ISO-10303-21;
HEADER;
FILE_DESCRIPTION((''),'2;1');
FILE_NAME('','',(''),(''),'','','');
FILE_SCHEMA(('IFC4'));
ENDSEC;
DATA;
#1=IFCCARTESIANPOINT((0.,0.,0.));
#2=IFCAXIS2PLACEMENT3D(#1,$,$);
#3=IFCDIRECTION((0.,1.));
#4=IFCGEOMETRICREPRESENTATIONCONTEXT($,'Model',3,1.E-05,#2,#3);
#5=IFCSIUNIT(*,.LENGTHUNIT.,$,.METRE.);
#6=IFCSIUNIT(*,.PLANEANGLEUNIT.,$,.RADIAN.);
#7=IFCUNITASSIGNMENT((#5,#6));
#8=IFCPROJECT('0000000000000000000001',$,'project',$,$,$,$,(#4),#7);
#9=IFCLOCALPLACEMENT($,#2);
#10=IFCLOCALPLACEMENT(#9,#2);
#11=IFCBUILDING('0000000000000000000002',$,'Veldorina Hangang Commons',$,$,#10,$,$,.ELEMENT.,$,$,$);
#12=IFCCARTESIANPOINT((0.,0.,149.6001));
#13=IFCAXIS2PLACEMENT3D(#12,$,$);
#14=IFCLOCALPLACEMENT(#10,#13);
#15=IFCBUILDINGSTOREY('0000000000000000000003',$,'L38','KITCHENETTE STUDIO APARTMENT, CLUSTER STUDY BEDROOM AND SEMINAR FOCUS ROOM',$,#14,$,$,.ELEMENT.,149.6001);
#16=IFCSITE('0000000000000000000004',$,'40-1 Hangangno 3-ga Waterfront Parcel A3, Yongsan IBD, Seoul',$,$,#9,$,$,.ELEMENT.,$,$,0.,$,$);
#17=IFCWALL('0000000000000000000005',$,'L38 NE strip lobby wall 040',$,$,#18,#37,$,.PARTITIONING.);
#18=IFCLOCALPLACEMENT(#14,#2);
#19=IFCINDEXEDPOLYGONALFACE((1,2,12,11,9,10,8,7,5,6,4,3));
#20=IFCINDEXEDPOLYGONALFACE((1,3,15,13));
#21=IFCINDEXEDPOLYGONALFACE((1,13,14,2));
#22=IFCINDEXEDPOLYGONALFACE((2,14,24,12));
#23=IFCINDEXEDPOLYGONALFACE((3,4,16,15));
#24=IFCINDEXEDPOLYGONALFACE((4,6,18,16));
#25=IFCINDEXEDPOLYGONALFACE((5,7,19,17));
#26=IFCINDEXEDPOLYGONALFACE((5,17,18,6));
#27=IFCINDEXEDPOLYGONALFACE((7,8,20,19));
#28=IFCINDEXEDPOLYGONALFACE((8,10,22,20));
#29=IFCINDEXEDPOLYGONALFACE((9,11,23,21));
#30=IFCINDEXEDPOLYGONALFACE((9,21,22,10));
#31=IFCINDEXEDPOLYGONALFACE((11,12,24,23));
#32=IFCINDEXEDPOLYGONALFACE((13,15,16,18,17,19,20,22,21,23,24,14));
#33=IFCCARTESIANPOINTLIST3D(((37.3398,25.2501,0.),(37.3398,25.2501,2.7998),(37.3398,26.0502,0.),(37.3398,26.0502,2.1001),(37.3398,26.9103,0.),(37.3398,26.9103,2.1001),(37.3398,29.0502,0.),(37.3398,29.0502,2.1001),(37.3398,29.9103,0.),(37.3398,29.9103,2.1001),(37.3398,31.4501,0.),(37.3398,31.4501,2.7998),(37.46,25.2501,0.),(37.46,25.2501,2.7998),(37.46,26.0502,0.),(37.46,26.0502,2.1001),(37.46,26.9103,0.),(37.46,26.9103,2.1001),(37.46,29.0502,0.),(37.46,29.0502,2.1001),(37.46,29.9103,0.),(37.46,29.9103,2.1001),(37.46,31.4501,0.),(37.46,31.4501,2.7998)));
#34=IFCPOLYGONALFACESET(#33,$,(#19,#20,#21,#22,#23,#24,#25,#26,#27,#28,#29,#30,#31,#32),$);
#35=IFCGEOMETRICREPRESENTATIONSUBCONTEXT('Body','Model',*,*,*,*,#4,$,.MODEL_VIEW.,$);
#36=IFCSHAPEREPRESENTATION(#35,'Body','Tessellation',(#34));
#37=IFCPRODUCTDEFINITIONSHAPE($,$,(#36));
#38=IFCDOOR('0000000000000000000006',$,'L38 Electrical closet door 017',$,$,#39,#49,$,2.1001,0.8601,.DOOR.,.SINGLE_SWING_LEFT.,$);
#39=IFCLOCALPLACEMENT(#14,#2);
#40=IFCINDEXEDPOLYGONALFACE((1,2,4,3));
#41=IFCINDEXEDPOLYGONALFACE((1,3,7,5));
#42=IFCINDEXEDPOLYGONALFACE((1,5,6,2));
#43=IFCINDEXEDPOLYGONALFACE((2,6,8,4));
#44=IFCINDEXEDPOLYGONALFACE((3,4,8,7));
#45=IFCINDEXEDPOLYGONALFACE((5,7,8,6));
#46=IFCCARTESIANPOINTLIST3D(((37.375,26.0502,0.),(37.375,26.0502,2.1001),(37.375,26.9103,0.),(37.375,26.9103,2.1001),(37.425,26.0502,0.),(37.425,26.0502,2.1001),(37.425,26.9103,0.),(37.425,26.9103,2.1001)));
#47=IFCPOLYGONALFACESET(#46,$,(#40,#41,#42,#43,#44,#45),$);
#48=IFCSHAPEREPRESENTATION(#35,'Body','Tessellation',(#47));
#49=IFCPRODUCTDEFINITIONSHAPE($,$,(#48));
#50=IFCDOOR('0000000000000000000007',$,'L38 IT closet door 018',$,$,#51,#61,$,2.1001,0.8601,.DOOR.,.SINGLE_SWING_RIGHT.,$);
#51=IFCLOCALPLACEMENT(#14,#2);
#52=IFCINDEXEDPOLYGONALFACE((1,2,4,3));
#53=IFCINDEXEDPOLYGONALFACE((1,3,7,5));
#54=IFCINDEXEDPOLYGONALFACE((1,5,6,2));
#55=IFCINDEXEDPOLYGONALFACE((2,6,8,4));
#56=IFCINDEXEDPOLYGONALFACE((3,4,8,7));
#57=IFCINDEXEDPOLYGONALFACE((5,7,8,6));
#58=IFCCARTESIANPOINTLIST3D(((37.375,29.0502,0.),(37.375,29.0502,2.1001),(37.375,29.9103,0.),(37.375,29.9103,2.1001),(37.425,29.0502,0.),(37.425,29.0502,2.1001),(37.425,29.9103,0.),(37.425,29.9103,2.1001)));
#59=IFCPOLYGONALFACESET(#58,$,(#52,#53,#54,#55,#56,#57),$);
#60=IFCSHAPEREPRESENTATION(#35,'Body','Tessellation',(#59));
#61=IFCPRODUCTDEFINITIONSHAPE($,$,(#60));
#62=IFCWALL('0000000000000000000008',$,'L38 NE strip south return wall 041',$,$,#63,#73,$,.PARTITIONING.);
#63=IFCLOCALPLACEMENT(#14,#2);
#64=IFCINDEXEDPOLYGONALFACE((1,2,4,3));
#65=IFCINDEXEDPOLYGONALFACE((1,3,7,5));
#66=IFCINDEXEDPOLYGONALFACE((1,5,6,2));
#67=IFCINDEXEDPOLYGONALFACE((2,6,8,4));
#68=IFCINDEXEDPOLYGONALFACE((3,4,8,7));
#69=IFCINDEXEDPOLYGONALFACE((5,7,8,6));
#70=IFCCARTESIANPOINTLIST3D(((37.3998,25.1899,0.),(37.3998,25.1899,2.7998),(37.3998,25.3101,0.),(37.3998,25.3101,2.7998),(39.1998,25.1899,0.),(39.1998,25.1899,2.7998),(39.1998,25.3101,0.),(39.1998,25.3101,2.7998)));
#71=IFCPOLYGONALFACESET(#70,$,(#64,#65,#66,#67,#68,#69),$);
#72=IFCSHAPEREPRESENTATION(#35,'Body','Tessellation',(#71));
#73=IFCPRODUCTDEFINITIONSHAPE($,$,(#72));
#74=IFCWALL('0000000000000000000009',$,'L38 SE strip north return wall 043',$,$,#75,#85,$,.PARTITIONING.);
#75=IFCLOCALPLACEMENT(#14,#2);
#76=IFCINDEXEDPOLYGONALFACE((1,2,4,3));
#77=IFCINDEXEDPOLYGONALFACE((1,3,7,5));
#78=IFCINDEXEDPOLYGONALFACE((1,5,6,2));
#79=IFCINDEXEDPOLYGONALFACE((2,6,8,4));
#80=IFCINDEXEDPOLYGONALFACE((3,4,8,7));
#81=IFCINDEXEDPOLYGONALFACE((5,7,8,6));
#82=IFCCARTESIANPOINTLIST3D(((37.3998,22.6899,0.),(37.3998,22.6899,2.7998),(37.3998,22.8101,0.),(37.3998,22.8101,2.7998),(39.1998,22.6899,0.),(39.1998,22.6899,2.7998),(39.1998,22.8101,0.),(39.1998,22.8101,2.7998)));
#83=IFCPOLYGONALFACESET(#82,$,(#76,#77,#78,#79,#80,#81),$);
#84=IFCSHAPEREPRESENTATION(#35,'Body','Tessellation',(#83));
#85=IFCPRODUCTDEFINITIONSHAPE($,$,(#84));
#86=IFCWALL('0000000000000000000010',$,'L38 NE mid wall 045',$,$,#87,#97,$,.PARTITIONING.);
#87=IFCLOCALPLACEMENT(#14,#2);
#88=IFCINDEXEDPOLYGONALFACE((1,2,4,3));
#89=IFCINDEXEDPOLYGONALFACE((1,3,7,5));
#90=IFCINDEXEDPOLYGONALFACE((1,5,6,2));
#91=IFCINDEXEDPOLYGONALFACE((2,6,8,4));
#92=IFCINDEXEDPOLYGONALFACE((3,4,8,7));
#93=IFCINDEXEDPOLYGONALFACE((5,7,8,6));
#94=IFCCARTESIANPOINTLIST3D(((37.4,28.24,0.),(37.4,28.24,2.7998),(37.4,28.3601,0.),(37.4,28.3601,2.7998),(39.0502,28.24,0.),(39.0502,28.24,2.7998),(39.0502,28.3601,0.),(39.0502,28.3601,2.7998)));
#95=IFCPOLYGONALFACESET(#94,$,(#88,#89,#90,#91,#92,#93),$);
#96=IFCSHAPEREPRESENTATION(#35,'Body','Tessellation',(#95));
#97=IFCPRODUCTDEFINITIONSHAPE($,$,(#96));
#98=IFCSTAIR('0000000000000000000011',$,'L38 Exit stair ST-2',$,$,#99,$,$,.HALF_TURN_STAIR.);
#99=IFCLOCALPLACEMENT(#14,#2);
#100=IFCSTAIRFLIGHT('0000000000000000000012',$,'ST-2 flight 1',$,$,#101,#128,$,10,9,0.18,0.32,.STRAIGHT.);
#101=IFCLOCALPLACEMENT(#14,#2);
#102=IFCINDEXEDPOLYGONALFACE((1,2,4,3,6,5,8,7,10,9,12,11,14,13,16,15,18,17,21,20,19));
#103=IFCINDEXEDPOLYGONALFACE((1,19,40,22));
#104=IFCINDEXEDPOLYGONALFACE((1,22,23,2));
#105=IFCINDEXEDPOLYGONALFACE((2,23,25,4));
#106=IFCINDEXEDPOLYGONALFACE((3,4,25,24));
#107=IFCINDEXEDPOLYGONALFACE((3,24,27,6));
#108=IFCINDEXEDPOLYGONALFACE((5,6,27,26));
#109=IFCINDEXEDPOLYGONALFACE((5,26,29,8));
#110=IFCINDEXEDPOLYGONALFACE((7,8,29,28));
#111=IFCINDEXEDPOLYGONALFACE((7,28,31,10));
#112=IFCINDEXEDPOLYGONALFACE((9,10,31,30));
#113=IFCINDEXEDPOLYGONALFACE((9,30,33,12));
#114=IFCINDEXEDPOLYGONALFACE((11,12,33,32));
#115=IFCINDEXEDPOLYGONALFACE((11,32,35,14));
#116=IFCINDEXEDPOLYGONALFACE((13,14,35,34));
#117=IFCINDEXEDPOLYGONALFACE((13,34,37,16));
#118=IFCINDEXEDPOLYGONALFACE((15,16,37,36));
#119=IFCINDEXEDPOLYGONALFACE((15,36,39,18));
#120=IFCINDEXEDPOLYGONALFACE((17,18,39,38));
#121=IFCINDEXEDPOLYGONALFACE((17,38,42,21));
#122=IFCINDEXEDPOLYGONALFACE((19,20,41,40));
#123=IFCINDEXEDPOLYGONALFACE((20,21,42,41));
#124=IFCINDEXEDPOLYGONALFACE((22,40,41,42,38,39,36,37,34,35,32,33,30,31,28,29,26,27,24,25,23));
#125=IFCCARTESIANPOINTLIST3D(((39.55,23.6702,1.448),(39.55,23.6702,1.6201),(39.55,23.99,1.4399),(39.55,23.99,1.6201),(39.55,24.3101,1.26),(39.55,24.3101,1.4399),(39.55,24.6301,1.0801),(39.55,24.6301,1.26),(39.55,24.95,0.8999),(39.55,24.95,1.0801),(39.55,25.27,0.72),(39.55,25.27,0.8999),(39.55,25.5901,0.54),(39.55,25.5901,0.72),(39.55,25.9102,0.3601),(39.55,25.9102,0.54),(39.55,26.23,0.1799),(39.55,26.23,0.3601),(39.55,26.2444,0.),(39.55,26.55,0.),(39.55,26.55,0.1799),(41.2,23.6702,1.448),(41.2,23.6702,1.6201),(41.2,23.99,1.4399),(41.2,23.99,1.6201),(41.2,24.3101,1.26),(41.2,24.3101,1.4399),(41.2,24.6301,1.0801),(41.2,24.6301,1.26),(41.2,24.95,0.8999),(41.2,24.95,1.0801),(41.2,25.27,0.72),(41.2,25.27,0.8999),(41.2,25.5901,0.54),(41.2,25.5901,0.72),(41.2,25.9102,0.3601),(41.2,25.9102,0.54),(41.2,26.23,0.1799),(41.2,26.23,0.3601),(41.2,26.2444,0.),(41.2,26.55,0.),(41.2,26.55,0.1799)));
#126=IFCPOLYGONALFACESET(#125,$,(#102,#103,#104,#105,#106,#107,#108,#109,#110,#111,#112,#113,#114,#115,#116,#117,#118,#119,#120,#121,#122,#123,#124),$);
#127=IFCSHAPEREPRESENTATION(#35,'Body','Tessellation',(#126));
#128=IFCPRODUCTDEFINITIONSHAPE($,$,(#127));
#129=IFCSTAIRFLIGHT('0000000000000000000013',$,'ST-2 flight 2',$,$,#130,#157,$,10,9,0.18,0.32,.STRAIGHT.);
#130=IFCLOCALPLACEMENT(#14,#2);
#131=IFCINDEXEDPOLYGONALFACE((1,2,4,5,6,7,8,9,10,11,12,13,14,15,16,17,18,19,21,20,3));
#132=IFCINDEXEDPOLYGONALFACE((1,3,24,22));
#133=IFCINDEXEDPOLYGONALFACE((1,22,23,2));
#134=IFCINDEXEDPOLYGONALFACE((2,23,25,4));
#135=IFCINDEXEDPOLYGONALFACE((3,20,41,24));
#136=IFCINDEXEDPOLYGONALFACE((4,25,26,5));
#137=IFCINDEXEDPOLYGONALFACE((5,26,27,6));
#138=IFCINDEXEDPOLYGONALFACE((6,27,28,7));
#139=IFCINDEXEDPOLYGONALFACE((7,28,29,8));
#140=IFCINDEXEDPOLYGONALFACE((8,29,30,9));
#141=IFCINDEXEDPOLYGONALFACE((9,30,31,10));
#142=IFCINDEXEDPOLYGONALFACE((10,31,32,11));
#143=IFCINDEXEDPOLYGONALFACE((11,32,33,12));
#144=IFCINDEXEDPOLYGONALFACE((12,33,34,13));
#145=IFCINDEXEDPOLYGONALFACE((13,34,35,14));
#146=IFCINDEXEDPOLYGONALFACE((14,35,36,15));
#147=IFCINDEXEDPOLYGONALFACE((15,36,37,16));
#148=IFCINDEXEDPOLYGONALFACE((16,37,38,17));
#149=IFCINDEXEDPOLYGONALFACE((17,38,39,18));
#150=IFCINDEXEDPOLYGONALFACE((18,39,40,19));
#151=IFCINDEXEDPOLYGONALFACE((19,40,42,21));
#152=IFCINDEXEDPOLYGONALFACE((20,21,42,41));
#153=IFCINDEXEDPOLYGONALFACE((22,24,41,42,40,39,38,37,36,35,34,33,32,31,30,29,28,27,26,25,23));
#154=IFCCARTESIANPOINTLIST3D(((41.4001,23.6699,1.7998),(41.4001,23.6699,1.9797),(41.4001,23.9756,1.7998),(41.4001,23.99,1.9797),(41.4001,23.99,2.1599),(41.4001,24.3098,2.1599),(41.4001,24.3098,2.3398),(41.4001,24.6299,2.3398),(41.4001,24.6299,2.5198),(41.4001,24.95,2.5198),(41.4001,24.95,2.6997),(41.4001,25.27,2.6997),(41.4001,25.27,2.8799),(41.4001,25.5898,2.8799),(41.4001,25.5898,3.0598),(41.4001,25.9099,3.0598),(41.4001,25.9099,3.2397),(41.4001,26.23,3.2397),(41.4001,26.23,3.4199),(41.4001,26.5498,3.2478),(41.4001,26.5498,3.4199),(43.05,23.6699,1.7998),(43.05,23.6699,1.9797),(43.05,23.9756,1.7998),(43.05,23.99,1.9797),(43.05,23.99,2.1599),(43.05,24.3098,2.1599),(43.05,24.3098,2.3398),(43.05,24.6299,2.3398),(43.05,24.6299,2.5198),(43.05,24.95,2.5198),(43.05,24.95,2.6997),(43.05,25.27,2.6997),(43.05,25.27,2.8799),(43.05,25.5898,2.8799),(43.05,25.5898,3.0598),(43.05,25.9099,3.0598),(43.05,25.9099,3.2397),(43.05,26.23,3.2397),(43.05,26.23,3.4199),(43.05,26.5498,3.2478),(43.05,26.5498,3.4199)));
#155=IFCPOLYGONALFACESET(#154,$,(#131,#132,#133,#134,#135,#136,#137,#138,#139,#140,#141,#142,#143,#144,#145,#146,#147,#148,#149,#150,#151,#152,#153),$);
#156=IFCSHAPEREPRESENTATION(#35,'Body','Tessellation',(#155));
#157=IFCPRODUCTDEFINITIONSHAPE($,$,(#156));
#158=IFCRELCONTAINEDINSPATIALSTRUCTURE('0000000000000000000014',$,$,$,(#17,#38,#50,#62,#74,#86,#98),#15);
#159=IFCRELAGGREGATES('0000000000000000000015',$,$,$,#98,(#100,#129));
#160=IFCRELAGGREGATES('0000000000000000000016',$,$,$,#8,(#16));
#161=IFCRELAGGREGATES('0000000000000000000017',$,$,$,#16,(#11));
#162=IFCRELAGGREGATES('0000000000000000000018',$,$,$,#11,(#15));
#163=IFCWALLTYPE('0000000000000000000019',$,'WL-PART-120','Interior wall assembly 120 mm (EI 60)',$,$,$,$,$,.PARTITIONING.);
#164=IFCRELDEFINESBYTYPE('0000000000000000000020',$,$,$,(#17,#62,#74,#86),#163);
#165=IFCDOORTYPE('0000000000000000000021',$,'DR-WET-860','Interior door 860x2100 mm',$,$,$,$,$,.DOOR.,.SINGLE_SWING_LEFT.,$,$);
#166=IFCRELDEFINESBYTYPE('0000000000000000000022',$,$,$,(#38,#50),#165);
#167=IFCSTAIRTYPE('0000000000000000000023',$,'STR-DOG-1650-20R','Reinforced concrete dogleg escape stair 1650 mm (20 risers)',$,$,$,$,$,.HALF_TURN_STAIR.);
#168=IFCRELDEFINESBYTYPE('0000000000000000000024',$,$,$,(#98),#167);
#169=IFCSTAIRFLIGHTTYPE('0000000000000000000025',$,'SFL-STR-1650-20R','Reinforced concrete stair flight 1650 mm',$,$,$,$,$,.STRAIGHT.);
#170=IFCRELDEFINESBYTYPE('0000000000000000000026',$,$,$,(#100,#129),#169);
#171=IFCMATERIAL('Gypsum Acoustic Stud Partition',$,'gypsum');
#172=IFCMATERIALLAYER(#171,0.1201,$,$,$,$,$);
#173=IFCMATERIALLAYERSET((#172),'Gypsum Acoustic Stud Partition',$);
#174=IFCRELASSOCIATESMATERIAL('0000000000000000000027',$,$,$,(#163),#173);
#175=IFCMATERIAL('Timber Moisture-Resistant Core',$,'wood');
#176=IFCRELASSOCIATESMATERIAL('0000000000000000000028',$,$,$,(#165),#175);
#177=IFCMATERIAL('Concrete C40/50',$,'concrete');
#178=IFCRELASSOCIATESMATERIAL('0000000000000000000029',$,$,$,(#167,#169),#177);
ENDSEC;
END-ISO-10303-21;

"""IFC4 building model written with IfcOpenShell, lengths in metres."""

from ifc_helpers import new_model, si_unit, direction, frame, frame_2d, origin, place, context, subcontext, project, spatial, polyline, rectangle, outline, extrude, material, layer, layer_set, type_object, element, fill, aggregate, save


model = new_model("IFC4")

# Units and contexts
model_context = context("Model", 3, precision=1e-05, world=origin(), true_north=direction((0.0, 1.0)))
body_context = subcontext(model_context, "Body", "Model", "MODEL_VIEW")
ifc_project = project(units=[si_unit("LENGTHUNIT", "METRE"), si_unit("PLANEANGLEUNIT", "RADIAN")], contexts=[model_context])

# Site, building, storey
site_placement = place(None, origin())
site = spatial("IfcSite", under=ifc_project, at=site_placement, Name="40-1 Hangangno 3-ga Waterfront Parcel A3, Yongsan IBD, Seoul", CompositionType="ELEMENT", RefElevation=0.0)
building_placement = place(site_placement, origin())
building = spatial("IfcBuilding", under=site, at=building_placement, Name="Veldorina Hangang Commons", CompositionType="ELEMENT")
storey_placement = place(building_placement, frame((0.0, 0.0, 149.6001)))
storey = spatial("IfcBuildingStorey", under=building, at=storey_placement, Name="L38", Description="KITCHENETTE STUDIO APARTMENT, CLUSTER STUDY BEDROOM AND SEMINAR FOCUS ROOM", CompositionType="ELEMENT", Elevation=149.6001)

# Shared definitions
ifc_material_1 = material(Name="Gypsum Acoustic Stud Partition", Category="gypsum")
ifc_layer_1 = layer(ifc_material_1, 0.1201)
ifc_layer_set_1 = layer_set([ifc_layer_1], Name="Gypsum Acoustic Stud Partition")
wall_type_1 = type_object("IfcWallType", Name="WL-PART-120", Description="Interior wall assembly 120 mm (EI 60)", PredefinedType="PARTITIONING", material=ifc_layer_set_1)

# Wall, openings, doors
wall_1_placement = place(storey_placement, frame((37.3999, 25.25, 0.0), z_axis=(0.0, 0.0, 1.0), x_axis=(0.0, 1.0, 0.0)))
wall_1 = element("IfcWall", 1, at=wall_1_placement, inside=storey, type_object=wall_type_1, Name="L38 NE strip lobby wall 040", PredefinedType="PARTITIONING", context=body_context, shape_type="SweptSolid", body=[
    extrude(rectangle(XDim=6.2, YDim=0.1201, at=frame_2d((3.1001, 0.0))), origin(), (0.0, 0.0, 1.0), 2.7998),
])
opening_1_placement = place(wall_1_placement, frame((0.8, 0.0, 0.0)))
opening_1 = element("IfcOpeningElement", 2, at=opening_1_placement, cuts=wall_1, PredefinedType="OPENING", context=body_context, shape_type="SweptSolid", body=[
    extrude(rectangle(XDim=0.8601, YDim=2.1001, at=frame_2d((0.4302, 1.05))), frame((0.0, 0.0701, 0.0), z_axis=(0.0, -1.0, 0.0), x_axis=(1.0, 0.0, 0.0)), (0.0, 0.0, 1.0), 0.1401),
])
opening_2_placement = place(wall_1_placement, frame((3.8, 0.0, 0.0)))
opening_2 = element("IfcOpeningElement", 3, at=opening_2_placement, cuts=wall_1, PredefinedType="OPENING", context=body_context, shape_type="SweptSolid", body=[
    extrude(rectangle(XDim=0.8601, YDim=2.1001, at=frame_2d((0.4302, 1.05))), frame((0.0, 0.0701, 0.0), z_axis=(0.0, -1.0, 0.0), x_axis=(1.0, 0.0, 0.0)), (0.0, 0.0, 1.0), 0.1401),
])
ifc_material_2 = material(Name="Timber Moisture-Resistant Core", Category="wood")
door_type_1 = type_object("IfcDoorType", Name="DR-WET-860", Description="Interior door 860x2100 mm", OperationType="SINGLE_SWING_LEFT", PredefinedType="DOOR", material=ifc_material_2)
door_1_placement = place(opening_1_placement, origin())
door_1 = element("IfcDoor", 4, at=door_1_placement, inside=storey, type_object=door_type_1, Name="L38 Electrical closet door 017", OperationType="SINGLE_SWING_LEFT", OverallHeight=2.1001, OverallWidth=0.8601, PredefinedType="DOOR", context=body_context, shape_type="SweptSolid", body=[
    extrude(rectangle(XDim=0.8601, YDim=2.1001, at=frame_2d((0.4302, 1.05))), frame((0.0, 0.0249, 0.0), z_axis=(0.0, -1.0, 0.0), x_axis=(1.0, 0.0, 0.0)), (0.0, 0.0, 1.0), 0.05),
])
fill(opening_1, door_1)
door_2_placement = place(opening_2_placement, origin())
door_2 = element("IfcDoor", 5, at=door_2_placement, inside=storey, type_object=door_type_1, Name="L38 IT closet door 018", OperationType="SINGLE_SWING_RIGHT", OverallHeight=2.1001, OverallWidth=0.8601, PredefinedType="DOOR", context=body_context, shape_type="SweptSolid", body=[
    extrude(rectangle(XDim=0.8601, YDim=2.1001, at=frame_2d((0.4302, 1.05))), frame((0.0, 0.0249, 0.0), z_axis=(0.0, -1.0, 0.0), x_axis=(1.0, 0.0, 0.0)), (0.0, 0.0, 1.0), 0.05),
])
fill(opening_2, door_2)

# Walls
for number, where, z_axis, x_axis, name in (
    (6, (37.3999, 25.25, 0.0), (0.0, 0.0, 1.0), (1.0, 0.0, 0.0), "L38 NE strip south return wall 041"),
    (7, (37.3999, 22.75, 0.0), (0.0, 0.0, 1.0), (1.0, 0.0, 0.0), "L38 SE strip north return wall 043"),
):
    element("IfcWall", number, at=place(storey_placement, frame(where, z_axis=z_axis, x_axis=x_axis)), inside=storey, type_object=wall_type_1, Name=name, PredefinedType="PARTITIONING", context=body_context, shape_type="SweptSolid", body=[
        extrude(rectangle(XDim=1.8, YDim=0.1201, at=frame_2d((0.8999, 0.0))), origin(), (0.0, 0.0, 1.0), 2.7998),
    ])
wall_2_placement = place(storey_placement, frame((37.3999, 28.3, 0.0), z_axis=(0.0, 0.0, 1.0), x_axis=(1.0, 0.0, 0.0)))
element("IfcWall", 8, at=wall_2_placement, inside=storey, type_object=wall_type_1, Name="L38 NE mid wall 045", PredefinedType="PARTITIONING", context=body_context, shape_type="SweptSolid", body=[
    extrude(rectangle(XDim=1.6501, YDim=0.1201, at=frame_2d((0.8252, 0.0))), origin(), (0.0, 0.0, 1.0), 2.7998),
])

# Stair, stair flights
ifc_material_3 = material(Name="Concrete C40/50", Category="concrete")
stair_type = type_object("IfcStairType", Name="STR-DOG-1650-20R", Description="Reinforced concrete dogleg escape stair 1650 mm (20 risers)", PredefinedType="HALF_TURN_STAIR", material=ifc_material_3)
stair_placement = place(storey_placement, origin())
stair = element("IfcStair", 9, at=stair_placement, inside=storey, type_object=stair_type, Name="L38 Exit stair ST-2", PredefinedType="HALF_TURN_STAIR")
stair_flight_type = type_object("IfcStairFlightType", Name="SFL-STR-1650-20R", Description="Reinforced concrete stair flight 1650 mm", PredefinedType="STRAIGHT", material=ifc_material_3)
stair_flight_1_placement = place(storey_placement, frame((40.375, 26.55, 0.0), z_axis=(0.0, 0.0, 1.0), x_axis=(0.0, -1.0, 0.0)))
stair_flight_1 = element("IfcStairFlight", 10, at=stair_flight_1_placement, type_object=stair_flight_type, Name="ST-2 flight 1", NumberOfRisers=10, NumberOfTreads=9, PredefinedType="STRAIGHT", RiserHeight=0.18, TreadLength=0.32, context=body_context, shape_type="SweptSolid", body=[
    extrude(outline(polyline([(0.0, 0.0), (0.0, 0.1799), (0.3201, 0.1799), (0.3201, 0.3601), (0.6399, 0.3601), (0.6399, 0.54), (0.96, 0.54), (0.96, 0.72), (1.28, 0.72), (1.28, 0.8999), (1.6001, 0.8999), (1.6001, 1.0801), (1.9199, 1.0801), (1.9199, 1.26), (2.24, 1.26), (2.24, 1.4399), (2.5601, 1.4399), (2.5601, 1.6201), (2.8799, 1.6201), (2.8799, 1.8), (2.8799, 1.448), (0.3057, 0.0), (0.0, 0.0)])), frame((0.0, 0.825, 0.0), z_axis=(0.0, -1.0, 0.0), x_axis=(1.0, 0.0, 0.0)), (0.0, 0.0, 1.0), 1.6499),
])
stair_flight_2_placement = place(storey_placement, frame((42.2251, 23.6699, 1.7998), z_axis=(0.0, 0.0, 1.0), x_axis=(0.0, 1.0, 0.0)))
stair_flight_2 = element("IfcStairFlight", 11, at=stair_flight_2_placement, type_object=stair_flight_type, Name="ST-2 flight 2", NumberOfRisers=10, NumberOfTreads=9, PredefinedType="STRAIGHT", RiserHeight=0.18, TreadLength=0.32, context=body_context, shape_type="SweptSolid", body=[
    extrude(outline(polyline([(0.0, 0.0), (0.0, 0.1799), (0.3201, 0.1799), (0.3201, 0.3601), (0.6399, 0.3601), (0.6399, 0.54), (0.96, 0.54), (0.96, 0.72), (1.28, 0.72), (1.28, 0.8999), (1.6001, 0.8999), (1.6001, 1.0801), (1.9199, 1.0801), (1.9199, 1.26), (2.24, 1.26), (2.24, 1.4399), (2.5601, 1.4399), (2.5601, 1.6201), (2.8799, 1.6201), (2.8799, 1.8), (2.8799, 1.448), (0.3057, 0.0), (0.0, 0.0)])), frame((0.0, 0.825, 0.0), z_axis=(0.0, -1.0, 0.0), x_axis=(1.0, 0.0, 0.0)), (0.0, 0.0, 1.0), 1.6499),
])
aggregate(stair, [stair_flight_1, stair_flight_2])

save(model, "model.ifc")
